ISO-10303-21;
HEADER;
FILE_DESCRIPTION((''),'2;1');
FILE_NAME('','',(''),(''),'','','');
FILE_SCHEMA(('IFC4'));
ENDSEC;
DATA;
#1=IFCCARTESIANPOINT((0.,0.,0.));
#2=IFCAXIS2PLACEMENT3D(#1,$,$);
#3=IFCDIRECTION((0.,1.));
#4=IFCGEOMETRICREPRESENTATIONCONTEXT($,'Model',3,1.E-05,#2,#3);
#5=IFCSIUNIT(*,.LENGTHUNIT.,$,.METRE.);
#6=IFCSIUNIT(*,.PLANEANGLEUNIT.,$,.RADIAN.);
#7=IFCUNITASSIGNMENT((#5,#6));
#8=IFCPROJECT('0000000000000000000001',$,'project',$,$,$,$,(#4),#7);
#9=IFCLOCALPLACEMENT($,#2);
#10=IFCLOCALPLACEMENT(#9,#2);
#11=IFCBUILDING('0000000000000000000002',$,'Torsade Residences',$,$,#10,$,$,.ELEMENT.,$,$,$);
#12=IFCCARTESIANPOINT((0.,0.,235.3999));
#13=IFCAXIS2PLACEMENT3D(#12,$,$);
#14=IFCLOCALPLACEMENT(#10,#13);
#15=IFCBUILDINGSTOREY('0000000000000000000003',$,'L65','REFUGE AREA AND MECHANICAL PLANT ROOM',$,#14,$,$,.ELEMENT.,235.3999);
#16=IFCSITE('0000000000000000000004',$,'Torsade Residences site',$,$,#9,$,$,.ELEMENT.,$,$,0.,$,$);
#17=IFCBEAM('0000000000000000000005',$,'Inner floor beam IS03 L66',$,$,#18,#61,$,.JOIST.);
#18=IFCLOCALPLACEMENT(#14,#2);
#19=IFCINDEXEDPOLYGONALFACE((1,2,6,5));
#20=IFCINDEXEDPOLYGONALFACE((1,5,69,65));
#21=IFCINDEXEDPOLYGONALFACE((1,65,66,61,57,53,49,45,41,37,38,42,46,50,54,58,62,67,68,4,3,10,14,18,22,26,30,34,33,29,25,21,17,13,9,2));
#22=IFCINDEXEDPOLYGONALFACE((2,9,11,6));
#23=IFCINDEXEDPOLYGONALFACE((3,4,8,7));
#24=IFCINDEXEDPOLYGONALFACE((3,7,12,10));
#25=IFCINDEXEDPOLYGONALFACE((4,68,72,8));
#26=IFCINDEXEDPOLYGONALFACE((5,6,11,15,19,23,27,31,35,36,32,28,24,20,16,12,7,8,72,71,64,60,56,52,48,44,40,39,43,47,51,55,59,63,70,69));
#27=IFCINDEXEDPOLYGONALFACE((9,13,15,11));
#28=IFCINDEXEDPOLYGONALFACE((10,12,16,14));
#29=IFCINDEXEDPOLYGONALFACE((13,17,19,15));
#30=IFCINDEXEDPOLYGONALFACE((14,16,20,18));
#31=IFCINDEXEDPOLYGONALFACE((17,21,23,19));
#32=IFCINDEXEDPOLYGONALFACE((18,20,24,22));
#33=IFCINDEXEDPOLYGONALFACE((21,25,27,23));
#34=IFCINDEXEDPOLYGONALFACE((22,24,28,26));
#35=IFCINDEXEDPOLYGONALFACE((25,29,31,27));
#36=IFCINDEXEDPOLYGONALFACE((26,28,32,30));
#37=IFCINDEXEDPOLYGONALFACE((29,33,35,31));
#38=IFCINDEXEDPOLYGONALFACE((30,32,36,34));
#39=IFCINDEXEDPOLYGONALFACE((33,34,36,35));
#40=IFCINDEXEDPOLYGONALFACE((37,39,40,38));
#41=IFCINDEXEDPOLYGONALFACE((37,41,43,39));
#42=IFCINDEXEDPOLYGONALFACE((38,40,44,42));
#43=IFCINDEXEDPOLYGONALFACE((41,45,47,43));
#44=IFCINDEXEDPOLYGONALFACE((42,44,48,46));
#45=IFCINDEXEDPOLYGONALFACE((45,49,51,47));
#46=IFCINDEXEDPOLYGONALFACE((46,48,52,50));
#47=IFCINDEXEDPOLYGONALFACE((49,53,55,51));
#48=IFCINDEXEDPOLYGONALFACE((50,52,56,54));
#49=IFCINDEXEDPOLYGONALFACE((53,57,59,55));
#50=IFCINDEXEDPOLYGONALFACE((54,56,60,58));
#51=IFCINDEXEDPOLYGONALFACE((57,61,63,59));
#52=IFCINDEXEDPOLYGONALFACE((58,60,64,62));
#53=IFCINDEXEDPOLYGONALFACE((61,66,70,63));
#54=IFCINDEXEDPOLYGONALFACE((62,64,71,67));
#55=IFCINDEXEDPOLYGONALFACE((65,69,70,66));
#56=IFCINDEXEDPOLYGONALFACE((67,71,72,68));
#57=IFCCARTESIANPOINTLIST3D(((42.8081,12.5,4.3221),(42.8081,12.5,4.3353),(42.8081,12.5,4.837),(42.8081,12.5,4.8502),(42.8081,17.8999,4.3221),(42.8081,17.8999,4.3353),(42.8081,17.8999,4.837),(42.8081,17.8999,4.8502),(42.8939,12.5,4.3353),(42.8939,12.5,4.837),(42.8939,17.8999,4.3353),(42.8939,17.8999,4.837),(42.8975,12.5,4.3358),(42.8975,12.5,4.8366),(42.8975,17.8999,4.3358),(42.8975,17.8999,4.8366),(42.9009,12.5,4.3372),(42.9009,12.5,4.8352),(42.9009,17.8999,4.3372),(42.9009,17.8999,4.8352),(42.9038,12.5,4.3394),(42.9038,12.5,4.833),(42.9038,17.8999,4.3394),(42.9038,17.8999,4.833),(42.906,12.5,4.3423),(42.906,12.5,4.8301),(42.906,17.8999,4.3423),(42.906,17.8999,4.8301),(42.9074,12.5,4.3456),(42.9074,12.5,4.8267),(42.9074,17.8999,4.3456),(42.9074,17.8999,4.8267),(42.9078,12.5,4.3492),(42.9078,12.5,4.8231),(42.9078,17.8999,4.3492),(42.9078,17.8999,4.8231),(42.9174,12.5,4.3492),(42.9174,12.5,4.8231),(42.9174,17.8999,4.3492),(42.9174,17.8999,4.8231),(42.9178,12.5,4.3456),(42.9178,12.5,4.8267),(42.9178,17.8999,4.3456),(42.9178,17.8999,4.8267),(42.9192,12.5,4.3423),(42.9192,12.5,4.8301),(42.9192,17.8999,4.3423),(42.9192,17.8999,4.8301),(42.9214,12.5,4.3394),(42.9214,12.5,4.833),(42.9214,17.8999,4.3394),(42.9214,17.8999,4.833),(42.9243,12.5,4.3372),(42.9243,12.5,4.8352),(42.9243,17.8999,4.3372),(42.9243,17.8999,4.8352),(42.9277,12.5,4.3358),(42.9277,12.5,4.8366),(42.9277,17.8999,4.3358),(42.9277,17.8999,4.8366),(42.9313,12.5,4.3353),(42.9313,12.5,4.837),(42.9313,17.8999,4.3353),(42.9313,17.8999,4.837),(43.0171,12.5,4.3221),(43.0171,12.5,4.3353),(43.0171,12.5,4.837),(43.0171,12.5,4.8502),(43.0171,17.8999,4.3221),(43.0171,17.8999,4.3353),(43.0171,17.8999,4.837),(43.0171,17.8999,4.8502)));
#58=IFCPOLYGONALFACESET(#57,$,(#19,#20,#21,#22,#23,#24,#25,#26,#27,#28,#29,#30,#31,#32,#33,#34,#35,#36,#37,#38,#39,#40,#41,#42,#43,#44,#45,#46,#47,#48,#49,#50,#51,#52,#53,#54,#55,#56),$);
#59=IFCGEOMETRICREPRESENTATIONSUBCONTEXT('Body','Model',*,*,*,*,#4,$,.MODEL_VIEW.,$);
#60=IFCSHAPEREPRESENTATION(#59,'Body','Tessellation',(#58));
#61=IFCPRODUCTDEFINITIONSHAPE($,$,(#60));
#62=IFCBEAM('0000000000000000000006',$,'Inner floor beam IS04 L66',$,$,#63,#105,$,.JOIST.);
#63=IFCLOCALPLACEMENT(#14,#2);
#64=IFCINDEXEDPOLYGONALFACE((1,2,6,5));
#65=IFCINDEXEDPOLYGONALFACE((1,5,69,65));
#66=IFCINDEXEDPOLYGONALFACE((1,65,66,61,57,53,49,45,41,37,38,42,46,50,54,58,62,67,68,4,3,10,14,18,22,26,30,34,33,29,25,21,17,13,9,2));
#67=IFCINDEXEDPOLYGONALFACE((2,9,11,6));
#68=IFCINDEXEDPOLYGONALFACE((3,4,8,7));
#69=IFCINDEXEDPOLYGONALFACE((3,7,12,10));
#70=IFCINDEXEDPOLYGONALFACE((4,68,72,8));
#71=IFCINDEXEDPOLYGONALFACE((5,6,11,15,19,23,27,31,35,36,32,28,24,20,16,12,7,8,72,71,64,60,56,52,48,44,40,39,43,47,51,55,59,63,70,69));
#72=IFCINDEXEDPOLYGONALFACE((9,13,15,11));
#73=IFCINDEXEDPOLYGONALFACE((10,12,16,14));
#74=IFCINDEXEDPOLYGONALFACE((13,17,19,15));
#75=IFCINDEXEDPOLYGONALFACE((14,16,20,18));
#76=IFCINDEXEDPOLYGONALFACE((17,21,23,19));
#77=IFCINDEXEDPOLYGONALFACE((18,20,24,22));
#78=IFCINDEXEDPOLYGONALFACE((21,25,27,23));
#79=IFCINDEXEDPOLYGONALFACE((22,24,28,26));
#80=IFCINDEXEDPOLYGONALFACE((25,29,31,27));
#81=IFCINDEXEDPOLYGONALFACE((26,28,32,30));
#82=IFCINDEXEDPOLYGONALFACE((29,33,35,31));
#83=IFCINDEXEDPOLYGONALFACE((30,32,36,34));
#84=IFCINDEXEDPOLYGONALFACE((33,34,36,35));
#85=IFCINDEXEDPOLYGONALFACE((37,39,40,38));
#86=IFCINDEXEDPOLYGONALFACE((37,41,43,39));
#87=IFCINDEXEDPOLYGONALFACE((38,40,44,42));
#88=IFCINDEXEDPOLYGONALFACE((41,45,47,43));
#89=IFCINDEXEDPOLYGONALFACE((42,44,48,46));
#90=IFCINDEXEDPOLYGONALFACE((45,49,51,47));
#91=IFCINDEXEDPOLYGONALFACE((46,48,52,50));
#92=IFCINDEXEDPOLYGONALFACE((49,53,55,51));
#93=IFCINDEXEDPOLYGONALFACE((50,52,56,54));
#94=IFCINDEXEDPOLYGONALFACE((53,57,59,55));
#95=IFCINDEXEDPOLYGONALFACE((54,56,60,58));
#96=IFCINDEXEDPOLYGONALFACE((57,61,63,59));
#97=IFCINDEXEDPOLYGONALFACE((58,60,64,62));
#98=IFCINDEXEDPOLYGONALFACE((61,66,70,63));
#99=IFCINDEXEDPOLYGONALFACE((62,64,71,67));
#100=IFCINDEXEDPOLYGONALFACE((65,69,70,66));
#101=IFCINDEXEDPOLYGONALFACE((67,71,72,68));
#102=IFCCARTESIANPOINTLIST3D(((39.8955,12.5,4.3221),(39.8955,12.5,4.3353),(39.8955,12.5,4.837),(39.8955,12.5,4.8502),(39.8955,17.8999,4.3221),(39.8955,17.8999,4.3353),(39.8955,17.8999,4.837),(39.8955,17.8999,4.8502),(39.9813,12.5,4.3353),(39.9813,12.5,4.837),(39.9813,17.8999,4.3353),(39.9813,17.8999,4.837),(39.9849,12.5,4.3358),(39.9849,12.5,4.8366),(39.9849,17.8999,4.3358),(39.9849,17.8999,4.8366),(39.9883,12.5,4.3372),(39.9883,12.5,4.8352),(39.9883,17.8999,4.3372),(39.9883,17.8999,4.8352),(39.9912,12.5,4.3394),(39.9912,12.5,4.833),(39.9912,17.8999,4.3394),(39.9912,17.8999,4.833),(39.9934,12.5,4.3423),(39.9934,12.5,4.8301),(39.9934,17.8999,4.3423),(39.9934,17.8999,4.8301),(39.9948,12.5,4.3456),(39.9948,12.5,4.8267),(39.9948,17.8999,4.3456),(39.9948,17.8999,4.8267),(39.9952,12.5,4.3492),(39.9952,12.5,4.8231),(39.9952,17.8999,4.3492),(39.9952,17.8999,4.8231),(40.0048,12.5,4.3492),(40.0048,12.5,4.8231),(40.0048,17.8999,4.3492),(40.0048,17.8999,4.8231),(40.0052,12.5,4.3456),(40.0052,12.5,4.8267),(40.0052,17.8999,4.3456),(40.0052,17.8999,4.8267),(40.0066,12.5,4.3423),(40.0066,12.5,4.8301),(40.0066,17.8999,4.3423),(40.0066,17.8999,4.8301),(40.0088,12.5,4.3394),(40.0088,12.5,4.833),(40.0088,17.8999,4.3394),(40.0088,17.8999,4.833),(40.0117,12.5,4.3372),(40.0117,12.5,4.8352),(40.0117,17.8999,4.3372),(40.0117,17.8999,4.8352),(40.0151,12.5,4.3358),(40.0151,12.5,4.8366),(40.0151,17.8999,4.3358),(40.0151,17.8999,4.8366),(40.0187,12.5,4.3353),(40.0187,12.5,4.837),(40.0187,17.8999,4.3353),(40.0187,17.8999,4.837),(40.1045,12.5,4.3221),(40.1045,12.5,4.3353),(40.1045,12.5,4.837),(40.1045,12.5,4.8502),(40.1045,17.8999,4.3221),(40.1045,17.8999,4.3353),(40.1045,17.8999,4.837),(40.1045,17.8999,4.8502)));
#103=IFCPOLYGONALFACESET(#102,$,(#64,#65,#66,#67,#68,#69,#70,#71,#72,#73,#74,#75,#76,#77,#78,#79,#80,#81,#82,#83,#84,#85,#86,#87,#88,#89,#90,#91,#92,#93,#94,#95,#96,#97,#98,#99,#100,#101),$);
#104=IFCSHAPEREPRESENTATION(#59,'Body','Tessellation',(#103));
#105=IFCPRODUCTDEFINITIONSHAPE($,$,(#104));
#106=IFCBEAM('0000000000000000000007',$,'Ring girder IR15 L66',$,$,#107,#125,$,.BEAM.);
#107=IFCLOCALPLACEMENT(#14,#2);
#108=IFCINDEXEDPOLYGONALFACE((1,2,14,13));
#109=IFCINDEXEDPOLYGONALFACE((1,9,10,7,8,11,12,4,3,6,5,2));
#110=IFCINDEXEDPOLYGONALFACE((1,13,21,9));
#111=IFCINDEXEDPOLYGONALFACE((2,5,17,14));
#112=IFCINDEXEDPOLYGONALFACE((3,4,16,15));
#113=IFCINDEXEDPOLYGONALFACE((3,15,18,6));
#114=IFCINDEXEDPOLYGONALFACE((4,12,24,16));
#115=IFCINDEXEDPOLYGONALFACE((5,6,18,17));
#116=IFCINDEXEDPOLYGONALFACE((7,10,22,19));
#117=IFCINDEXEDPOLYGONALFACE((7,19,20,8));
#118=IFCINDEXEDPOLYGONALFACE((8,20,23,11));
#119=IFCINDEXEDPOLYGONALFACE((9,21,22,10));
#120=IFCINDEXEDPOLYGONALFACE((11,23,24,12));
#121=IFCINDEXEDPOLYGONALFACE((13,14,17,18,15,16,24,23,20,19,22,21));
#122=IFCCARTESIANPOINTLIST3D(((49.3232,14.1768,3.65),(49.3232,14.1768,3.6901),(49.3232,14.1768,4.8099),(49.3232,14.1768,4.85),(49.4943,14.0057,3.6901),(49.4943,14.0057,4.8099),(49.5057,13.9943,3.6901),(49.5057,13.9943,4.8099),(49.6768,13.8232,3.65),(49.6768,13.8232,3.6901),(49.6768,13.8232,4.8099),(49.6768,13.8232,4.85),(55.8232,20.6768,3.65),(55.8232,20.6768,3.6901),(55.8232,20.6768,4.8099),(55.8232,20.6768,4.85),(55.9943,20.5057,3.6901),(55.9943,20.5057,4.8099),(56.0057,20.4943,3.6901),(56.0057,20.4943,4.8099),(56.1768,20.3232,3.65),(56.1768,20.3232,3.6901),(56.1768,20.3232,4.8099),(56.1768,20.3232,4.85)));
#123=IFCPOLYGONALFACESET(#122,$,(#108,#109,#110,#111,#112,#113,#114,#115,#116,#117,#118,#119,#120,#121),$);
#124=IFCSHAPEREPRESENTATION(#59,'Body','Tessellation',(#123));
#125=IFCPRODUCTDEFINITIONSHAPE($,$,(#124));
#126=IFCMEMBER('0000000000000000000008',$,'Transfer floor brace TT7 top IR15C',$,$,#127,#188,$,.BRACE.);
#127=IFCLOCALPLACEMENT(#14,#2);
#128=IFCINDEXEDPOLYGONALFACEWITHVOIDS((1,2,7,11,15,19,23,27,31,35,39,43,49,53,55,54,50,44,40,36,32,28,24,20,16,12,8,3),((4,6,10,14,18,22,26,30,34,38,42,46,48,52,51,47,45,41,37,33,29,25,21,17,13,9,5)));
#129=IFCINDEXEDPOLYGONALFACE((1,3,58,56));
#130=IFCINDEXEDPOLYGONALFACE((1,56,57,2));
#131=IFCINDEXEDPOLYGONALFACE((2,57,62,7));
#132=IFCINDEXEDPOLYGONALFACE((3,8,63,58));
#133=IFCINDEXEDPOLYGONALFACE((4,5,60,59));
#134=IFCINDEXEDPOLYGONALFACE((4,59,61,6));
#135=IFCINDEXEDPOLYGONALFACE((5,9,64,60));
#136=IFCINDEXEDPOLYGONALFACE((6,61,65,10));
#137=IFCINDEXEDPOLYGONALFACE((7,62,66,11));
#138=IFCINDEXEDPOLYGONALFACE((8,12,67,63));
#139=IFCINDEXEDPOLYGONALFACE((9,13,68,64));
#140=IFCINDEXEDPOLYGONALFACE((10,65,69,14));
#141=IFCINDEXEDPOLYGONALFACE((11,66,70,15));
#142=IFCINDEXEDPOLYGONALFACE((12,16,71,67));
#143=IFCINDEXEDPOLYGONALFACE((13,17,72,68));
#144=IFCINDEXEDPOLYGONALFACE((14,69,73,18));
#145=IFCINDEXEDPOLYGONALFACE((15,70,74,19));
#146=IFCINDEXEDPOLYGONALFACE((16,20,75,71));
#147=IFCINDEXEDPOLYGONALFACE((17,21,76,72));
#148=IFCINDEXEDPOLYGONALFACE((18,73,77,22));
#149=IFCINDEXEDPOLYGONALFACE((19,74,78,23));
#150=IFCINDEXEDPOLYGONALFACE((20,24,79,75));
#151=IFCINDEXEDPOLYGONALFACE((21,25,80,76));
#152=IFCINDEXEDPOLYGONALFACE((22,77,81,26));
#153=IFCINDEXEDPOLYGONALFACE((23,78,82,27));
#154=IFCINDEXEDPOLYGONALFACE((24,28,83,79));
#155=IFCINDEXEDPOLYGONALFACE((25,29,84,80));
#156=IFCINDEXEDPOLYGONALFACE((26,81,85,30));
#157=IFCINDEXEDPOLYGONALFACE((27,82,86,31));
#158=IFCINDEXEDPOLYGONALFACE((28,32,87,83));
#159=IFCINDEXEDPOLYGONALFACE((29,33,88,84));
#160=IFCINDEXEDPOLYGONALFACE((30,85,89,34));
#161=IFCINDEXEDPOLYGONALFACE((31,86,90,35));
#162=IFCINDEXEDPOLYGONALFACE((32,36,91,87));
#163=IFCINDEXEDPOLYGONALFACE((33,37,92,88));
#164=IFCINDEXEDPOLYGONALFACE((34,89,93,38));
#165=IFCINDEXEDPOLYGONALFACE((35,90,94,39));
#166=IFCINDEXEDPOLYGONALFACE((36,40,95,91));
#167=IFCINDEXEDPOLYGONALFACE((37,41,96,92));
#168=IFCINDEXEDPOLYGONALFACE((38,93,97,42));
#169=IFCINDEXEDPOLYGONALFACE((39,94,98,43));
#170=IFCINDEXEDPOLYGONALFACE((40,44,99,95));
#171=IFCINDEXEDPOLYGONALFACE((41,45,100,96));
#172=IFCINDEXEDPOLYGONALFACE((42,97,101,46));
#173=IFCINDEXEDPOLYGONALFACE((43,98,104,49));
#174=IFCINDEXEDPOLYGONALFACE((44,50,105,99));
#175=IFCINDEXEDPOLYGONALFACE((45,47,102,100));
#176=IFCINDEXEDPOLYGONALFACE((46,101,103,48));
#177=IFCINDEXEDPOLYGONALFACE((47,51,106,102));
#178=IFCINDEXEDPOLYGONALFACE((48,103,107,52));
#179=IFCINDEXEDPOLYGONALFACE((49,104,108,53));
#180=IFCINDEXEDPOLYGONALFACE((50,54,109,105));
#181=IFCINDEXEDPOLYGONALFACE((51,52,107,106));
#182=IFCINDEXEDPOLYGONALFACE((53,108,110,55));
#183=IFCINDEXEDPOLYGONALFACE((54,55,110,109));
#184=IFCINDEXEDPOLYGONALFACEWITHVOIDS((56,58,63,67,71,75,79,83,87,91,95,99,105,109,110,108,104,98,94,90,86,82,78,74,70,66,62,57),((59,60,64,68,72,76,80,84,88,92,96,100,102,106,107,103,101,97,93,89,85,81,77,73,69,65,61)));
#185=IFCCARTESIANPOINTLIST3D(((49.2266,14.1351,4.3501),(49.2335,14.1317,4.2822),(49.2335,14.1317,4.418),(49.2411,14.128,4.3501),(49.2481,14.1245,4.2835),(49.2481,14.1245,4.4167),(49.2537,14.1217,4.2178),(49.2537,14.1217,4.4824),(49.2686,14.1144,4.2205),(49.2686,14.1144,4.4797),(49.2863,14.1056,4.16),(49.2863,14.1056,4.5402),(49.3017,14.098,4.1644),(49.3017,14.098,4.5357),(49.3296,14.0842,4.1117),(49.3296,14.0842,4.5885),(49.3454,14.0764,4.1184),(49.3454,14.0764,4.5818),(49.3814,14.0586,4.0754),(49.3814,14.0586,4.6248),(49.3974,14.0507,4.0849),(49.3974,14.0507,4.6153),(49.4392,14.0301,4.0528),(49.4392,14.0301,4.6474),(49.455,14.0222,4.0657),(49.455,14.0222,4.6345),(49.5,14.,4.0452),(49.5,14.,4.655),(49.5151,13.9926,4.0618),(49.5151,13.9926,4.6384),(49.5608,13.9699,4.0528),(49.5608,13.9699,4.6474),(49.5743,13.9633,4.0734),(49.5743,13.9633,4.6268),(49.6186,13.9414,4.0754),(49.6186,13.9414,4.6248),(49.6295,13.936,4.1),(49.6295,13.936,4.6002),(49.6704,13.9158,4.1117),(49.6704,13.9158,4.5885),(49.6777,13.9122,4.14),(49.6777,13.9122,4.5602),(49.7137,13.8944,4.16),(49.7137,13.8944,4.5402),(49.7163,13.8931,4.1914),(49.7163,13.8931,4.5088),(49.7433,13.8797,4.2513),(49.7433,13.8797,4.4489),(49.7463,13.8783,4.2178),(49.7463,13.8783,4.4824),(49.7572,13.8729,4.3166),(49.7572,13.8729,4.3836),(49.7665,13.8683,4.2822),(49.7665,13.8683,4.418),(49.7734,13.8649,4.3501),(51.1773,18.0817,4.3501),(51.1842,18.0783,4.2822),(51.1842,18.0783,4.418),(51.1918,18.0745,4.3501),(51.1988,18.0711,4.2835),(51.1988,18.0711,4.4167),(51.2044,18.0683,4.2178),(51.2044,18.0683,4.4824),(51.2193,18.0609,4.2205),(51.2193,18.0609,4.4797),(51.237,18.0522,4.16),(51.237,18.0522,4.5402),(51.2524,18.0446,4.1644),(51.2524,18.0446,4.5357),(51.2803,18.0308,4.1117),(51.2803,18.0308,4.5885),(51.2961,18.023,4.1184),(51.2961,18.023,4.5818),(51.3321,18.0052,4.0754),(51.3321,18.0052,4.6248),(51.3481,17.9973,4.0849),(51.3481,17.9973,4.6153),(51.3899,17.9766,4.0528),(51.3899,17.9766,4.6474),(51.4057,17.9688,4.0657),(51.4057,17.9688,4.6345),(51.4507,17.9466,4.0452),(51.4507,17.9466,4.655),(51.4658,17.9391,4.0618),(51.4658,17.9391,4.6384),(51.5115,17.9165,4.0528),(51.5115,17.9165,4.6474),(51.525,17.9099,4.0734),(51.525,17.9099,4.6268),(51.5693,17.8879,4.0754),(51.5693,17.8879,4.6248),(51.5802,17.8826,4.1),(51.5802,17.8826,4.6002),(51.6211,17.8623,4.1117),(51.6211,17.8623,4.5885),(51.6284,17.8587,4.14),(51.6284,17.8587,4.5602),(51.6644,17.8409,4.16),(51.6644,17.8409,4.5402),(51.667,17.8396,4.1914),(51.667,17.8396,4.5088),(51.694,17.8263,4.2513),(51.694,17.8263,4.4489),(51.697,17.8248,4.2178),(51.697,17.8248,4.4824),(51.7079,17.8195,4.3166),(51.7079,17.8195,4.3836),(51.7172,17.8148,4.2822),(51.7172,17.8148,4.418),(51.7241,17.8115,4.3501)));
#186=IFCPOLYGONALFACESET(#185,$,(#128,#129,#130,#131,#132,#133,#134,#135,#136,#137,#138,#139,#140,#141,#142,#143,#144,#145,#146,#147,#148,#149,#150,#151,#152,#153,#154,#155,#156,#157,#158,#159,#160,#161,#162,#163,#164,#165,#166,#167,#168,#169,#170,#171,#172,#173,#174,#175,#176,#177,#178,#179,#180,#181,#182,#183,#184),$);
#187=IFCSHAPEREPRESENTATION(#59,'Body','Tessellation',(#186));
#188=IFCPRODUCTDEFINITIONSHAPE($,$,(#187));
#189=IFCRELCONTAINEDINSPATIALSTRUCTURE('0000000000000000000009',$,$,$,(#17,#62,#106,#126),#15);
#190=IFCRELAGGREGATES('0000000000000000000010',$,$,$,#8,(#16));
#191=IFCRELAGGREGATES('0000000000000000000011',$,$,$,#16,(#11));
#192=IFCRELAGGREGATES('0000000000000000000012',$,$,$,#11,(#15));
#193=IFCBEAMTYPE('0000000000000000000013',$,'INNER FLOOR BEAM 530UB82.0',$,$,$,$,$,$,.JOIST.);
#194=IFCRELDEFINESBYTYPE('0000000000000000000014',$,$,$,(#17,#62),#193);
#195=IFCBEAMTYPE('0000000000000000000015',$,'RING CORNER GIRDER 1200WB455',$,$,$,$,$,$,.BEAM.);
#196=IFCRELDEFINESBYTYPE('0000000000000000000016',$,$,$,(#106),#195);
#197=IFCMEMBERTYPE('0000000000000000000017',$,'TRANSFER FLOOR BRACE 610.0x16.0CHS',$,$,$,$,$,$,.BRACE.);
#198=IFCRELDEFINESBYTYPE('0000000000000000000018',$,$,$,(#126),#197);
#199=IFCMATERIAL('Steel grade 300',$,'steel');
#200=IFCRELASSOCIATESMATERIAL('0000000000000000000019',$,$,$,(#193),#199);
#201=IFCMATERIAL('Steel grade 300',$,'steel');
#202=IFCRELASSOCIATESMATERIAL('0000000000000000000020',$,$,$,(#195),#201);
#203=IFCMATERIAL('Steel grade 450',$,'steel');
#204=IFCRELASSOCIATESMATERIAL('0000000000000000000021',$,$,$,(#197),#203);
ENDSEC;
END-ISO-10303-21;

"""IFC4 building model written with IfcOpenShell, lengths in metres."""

from ifc_helpers import new_model, si_unit, direction, frame, origin, origin_2d, place, context, subcontext, project, spatial, hollow_circle, i_section, extrude, material, material_profile, profile_set, type_object, element, save


model = new_model("IFC4")

# Units and contexts
model_context = context("Model", 3, precision=1e-05, world=origin(), true_north=direction((0.0, 1.0)))
body_context = subcontext(model_context, "Body", "Model", "MODEL_VIEW")
ifc_project = project(units=[si_unit("LENGTHUNIT", "METRE"), si_unit("PLANEANGLEUNIT", "RADIAN")], contexts=[model_context])

# Site, building, storey
site_placement = place(None, origin())
site = spatial("IfcSite", under=ifc_project, at=site_placement, Name="Torsade Residences site", CompositionType="ELEMENT", RefElevation=0.0)
building_placement = place(site_placement, origin())
building = spatial("IfcBuilding", under=site, at=building_placement, Name="Torsade Residences", CompositionType="ELEMENT")
storey_placement = place(building_placement, frame((0.0, 0.0, 235.3999)))
storey = spatial("IfcBuildingStorey", under=building, at=storey_placement, Name="L65", Description="REFUGE AREA AND MECHANICAL PLANT ROOM", CompositionType="ELEMENT", Elevation=235.3999)

# Beams
ifc_material_1 = material(Name="Steel grade 300", Category="steel")
ifc_material_profile_1 = material_profile(ifc_material_1, i_section(OverallWidth=0.209, OverallDepth=0.5281, WebThickness=0.0095, FlangeThickness=0.0132, FilletRadius=0.0139, at=origin_2d()), Name="530UB82.0")
ifc_profile_set_1 = profile_set([ifc_material_profile_1], Name="Steel grade 300")
beam_type_1 = type_object("IfcBeamType", Name="INNER FLOOR BEAM 530UB82.0", PredefinedType="JOIST", material=ifc_profile_set_1)
for number, where, z_axis, x_axis, name in (
    (1, (42.9126, 17.8999, 4.5862), (0.0, -1.0, 0.0), (1.0, 0.0, 0.0), "Inner floor beam IS03 L66"),
    (2, (40.0, 17.8999, 4.5862), (0.0, -1.0, 0.0), (1.0, 0.0, 0.0), "Inner floor beam IS04 L66"),
):
    element("IfcBeam", number, at=place(storey_placement, frame(where, z_axis=z_axis, x_axis=x_axis)), inside=storey, type_object=beam_type_1, Name=name, PredefinedType="JOIST", context=body_context, shape_type="SweptSolid", body=[
        extrude(i_section(OverallWidth=0.209, OverallDepth=0.5281, WebThickness=0.0095, FlangeThickness=0.0132, FilletRadius=0.0139, at=origin_2d()), origin(), (0.0, 0.0, 1.0), 5.3999),
    ])
ifc_material_2 = material(Name="Steel grade 300", Category="steel")
ifc_material_profile_2 = material_profile(ifc_material_2, i_section(OverallWidth=0.5, OverallDepth=1.2, WebThickness=0.0161, FlangeThickness=0.04, at=origin_2d()), Name="1200WB455")
ifc_profile_set_2 = profile_set([ifc_material_profile_2], Name="Steel grade 300")
beam_type_2 = type_object("IfcBeamType", Name="RING CORNER GIRDER 1200WB455", PredefinedType="BEAM", material=ifc_profile_set_2)
beam_1_placement = place(storey_placement, frame((49.5, 14.0, 4.25), z_axis=(0.707107, 0.707107, 0.0), x_axis=(-0.707107, 0.707107, 0.0)))
element("IfcBeam", 3, at=beam_1_placement, inside=storey, type_object=beam_type_2, Name="Ring girder IR15 L66", PredefinedType="BEAM", context=body_context, shape_type="SweptSolid", body=[
    extrude(i_section(OverallWidth=0.5, OverallDepth=1.2, WebThickness=0.0161, FlangeThickness=0.04, at=origin_2d()), origin(), (0.0, 0.0, 1.0), 9.1924),
])

# Member
ifc_material_3 = material(Name="Steel grade 450", Category="steel")
ifc_material_profile_3 = material_profile(ifc_material_3, hollow_circle(Radius=0.3049, WallThickness=0.0161, at=origin_2d()), Name="610.0x16.0CHS")
ifc_profile_set_3 = profile_set([ifc_material_profile_3], Name="Steel grade 450")
member_type_1 = type_object("IfcMemberType", Name="TRANSFER FLOOR BRACE 610.0x16.0CHS", PredefinedType="BRACE", material=ifc_profile_set_3)
member_1_placement = place(storey_placement, frame((49.5, 14.0, 4.3501), z_axis=(0.443105, 0.89647, 0.0), x_axis=(-0.89647, 0.443105, 0.0)))
element("IfcMember", 4, at=member_1_placement, inside=storey, type_object=member_type_1, Name="Transfer floor brace TT7 top IR15C", PredefinedType="BRACE", context=body_context, shape_type="SweptSolid", body=[
    extrude(hollow_circle(Radius=0.3049, WallThickness=0.0161, at=origin_2d()), origin(), (0.0, 0.0, 1.0), 4.4023),
])

save(model, "model.ifc")
